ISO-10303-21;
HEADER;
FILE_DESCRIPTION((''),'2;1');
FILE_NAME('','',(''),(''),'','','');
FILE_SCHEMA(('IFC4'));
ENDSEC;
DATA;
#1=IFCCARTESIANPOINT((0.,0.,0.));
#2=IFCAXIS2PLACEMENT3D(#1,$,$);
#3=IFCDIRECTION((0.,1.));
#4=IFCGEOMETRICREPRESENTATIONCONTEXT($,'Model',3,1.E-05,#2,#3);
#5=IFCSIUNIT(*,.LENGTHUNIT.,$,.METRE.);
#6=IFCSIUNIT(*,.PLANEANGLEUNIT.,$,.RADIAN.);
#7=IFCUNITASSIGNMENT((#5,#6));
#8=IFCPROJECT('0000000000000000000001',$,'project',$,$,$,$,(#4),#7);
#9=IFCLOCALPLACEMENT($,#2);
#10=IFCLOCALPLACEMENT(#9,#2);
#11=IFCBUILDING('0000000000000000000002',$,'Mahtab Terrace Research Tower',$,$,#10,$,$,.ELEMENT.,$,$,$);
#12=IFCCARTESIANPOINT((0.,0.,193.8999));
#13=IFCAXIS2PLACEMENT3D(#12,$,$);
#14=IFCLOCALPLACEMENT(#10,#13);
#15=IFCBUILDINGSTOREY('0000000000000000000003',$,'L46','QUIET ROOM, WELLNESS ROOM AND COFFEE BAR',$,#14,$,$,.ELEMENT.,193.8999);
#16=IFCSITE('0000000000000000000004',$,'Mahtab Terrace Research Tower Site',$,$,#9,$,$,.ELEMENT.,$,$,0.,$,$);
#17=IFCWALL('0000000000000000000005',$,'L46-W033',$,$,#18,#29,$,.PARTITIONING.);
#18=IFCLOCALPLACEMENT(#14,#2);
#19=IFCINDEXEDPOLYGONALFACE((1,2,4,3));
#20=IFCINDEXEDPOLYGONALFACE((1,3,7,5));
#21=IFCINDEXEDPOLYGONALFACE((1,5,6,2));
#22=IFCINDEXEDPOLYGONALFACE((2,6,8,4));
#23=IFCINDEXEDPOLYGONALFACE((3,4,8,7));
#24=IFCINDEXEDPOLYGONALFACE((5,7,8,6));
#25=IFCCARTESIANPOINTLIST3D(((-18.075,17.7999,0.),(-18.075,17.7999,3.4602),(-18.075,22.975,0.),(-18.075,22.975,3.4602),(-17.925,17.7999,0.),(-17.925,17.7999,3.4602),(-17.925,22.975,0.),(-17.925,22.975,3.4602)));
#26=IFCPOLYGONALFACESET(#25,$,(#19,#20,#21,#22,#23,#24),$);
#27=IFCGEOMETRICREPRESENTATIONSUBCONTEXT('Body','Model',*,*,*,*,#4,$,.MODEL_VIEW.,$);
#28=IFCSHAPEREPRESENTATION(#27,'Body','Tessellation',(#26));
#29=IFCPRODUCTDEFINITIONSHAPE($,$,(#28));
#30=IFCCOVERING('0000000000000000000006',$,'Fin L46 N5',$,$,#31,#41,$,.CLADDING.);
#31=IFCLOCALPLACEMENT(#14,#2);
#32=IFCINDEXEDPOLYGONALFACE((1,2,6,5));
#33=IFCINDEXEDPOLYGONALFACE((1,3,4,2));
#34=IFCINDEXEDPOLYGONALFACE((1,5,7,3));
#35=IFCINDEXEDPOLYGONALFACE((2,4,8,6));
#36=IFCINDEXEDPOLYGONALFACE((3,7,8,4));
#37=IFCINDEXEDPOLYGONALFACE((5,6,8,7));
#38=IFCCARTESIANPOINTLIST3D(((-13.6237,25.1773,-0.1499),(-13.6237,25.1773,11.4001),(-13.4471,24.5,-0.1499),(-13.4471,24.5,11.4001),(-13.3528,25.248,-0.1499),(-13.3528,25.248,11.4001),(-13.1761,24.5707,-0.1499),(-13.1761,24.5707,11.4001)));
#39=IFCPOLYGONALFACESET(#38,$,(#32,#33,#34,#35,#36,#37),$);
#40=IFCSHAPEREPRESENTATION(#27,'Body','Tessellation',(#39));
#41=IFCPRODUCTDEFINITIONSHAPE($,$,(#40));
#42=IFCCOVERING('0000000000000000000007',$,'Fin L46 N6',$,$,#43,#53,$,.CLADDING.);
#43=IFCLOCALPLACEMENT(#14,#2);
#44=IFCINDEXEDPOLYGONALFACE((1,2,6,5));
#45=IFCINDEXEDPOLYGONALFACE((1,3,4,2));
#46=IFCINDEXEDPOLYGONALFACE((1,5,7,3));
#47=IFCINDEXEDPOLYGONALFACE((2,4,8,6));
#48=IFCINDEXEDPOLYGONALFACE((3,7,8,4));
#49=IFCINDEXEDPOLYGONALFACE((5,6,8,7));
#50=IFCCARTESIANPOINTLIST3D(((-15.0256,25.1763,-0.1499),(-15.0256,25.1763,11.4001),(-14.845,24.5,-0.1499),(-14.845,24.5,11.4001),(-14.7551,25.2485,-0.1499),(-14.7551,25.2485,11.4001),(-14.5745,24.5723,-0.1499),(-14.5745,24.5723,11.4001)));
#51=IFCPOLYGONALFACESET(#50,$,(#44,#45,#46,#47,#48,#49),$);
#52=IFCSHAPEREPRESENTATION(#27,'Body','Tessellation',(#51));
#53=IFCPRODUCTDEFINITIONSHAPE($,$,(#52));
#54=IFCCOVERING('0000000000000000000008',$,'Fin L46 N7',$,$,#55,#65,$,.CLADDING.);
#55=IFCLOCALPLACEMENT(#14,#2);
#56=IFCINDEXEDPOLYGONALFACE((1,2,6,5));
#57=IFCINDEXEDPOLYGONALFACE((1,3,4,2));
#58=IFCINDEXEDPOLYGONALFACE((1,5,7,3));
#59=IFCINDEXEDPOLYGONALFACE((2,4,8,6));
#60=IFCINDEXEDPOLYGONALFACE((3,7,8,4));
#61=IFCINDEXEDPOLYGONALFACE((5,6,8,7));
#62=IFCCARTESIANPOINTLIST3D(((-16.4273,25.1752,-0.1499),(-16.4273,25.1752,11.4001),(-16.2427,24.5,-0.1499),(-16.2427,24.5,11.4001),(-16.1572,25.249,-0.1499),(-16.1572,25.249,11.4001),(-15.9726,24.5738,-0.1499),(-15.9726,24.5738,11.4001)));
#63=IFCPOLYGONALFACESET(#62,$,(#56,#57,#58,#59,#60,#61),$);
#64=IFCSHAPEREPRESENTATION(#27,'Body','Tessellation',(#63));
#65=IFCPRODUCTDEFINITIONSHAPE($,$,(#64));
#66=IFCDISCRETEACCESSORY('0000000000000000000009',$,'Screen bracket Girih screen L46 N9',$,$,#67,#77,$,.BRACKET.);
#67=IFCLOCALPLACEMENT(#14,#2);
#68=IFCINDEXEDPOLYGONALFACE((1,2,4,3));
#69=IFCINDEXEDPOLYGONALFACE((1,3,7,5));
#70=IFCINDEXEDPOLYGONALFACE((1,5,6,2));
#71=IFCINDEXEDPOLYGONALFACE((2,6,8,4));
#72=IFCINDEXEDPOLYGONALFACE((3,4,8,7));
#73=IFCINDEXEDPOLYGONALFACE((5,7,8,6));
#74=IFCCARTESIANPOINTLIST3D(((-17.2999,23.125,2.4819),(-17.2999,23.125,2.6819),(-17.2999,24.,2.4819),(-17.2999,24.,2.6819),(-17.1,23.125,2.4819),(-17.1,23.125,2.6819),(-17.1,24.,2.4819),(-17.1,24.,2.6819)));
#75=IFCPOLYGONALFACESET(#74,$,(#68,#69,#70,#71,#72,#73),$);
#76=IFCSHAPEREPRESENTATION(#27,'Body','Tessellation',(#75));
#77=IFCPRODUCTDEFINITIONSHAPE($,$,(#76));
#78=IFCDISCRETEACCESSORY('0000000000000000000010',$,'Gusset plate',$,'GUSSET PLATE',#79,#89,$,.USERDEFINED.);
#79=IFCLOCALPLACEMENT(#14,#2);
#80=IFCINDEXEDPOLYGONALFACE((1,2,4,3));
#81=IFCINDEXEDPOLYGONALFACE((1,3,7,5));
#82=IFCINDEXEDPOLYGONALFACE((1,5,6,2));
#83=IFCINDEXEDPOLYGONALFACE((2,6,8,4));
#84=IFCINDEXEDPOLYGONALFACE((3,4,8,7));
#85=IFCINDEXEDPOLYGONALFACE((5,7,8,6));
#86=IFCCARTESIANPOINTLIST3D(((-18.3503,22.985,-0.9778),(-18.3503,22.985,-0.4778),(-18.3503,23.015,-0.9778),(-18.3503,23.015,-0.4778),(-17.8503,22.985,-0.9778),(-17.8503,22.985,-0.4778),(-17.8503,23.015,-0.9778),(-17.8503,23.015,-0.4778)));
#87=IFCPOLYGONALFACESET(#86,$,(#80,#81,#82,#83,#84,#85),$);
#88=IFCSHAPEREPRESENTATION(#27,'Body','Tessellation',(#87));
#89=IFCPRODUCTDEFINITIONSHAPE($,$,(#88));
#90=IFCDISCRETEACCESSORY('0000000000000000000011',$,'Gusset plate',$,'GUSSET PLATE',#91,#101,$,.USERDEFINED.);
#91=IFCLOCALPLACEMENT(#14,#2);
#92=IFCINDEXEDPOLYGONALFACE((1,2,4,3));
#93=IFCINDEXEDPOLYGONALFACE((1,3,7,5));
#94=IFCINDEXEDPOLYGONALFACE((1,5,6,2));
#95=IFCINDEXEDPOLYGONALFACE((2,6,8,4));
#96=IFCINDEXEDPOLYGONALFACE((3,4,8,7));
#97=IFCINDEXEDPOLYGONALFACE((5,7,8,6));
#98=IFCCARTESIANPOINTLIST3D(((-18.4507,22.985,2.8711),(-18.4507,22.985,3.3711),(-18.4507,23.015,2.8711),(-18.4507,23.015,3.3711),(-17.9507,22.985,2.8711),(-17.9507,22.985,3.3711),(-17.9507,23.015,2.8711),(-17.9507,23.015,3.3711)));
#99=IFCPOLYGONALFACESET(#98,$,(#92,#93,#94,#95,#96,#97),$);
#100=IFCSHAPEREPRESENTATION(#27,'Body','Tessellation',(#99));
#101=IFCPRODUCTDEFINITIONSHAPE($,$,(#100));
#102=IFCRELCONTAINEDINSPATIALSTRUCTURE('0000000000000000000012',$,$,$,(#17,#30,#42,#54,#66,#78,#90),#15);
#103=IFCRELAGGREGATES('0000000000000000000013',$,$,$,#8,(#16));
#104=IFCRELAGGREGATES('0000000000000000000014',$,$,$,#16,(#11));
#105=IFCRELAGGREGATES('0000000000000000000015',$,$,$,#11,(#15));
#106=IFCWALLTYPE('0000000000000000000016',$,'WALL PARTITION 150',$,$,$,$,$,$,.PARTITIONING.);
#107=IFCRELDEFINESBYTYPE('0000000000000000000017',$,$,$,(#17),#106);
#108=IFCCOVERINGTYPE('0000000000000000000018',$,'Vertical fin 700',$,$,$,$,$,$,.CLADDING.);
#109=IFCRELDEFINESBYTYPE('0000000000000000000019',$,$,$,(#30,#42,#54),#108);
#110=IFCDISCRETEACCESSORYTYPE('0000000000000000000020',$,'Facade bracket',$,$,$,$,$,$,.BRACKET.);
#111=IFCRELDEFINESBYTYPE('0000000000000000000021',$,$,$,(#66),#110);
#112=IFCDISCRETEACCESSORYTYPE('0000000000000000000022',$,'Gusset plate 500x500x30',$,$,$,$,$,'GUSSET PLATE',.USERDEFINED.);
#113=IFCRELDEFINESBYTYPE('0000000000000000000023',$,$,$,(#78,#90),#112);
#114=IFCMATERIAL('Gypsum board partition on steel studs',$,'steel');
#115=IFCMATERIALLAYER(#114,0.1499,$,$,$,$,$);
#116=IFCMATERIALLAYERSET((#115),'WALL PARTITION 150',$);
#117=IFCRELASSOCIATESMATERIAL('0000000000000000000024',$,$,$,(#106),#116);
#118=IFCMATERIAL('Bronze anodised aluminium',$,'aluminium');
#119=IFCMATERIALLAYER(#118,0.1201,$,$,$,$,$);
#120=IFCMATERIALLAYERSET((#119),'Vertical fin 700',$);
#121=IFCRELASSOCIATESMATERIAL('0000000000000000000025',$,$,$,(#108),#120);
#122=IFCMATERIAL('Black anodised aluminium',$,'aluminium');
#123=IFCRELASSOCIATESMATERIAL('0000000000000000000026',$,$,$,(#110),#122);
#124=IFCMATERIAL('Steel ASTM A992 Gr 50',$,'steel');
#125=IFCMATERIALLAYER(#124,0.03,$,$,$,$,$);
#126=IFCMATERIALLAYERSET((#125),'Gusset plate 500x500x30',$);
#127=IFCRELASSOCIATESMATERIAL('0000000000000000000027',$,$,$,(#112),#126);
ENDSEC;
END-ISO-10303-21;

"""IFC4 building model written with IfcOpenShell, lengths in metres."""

from ifc_helpers import new_model, si_unit, direction, frame, frame_2d, origin, origin_2d, place, context, subcontext, project, spatial, rectangle, extrude, material, layer, layer_set, type_object, element, save


model = new_model("IFC4")

# Units and contexts
model_context = context("Model", 3, precision=1e-05, world=origin(), true_north=direction((0.0, 1.0)))
body_context = subcontext(model_context, "Body", "Model", "MODEL_VIEW")
ifc_project = project(units=[si_unit("LENGTHUNIT", "METRE"), si_unit("PLANEANGLEUNIT", "RADIAN")], contexts=[model_context])

# Site, building, storey
site_placement = place(None, origin())
site = spatial("IfcSite", under=ifc_project, at=site_placement, Name="Mahtab Terrace Research Tower Site", CompositionType="ELEMENT", RefElevation=0.0)
building_placement = place(site_placement, origin())
building = spatial("IfcBuilding", under=site, at=building_placement, Name="Mahtab Terrace Research Tower", CompositionType="ELEMENT")
storey_placement = place(building_placement, frame((0.0, 0.0, 193.8999)))
storey = spatial("IfcBuildingStorey", under=building, at=storey_placement, Name="L46", Description="QUIET ROOM, WELLNESS ROOM AND COFFEE BAR", CompositionType="ELEMENT", Elevation=193.8999)

# Shared definitions
ifc_material_1 = material(Name="Steel ASTM A992 Gr 50", Category="steel")

# Wall
ifc_material_2 = material(Name="Gypsum board partition on steel studs", Category="steel")
ifc_layer_1 = layer(ifc_material_2, 0.1499)
ifc_layer_set_1 = layer_set([ifc_layer_1], Name="WALL PARTITION 150")
wall_type_1 = type_object("IfcWallType", Name="WALL PARTITION 150", PredefinedType="PARTITIONING", material=ifc_layer_set_1)
wall_1_placement = place(storey_placement, frame((-18.0, 17.8, 0.0), z_axis=(0.0, 0.0, 1.0), x_axis=(0.0, 1.0, 0.0)))
element("IfcWall", 1, at=wall_1_placement, inside=storey, type_object=wall_type_1, Name="L46-W033", PredefinedType="PARTITIONING", context=body_context, shape_type="SweptSolid", body=[
    extrude(rectangle(XDim=5.175, YDim=0.1499, at=frame_2d((2.5874, 0.0))), origin(), (0.0, 0.0, 1.0), 3.4602),
])

# Coverings
ifc_material_3 = material(Name="Bronze anodised aluminium", Category="aluminium")
ifc_layer_2 = layer(ifc_material_3, 0.1201)
ifc_layer_set_2 = layer_set([ifc_layer_2], Name="Vertical fin 700")
covering_type = type_object("IfcCoveringType", Name="Vertical fin 700", PredefinedType="CLADDING", material=ifc_layer_set_2)
for number, where, z_axis, x_axis, name in (
    (2, (-13.3999, 24.874, -0.1499), (0.0, 0.0, 1.0), (-0.967625, -0.252391, 0.0), "Fin L46 N5"),
    (3, (-14.8, 24.8743, -0.1499), (0.0, 0.0, 1.0), (-0.966141, -0.258016, 0.0), "Fin L46 N6"),
    (4, (-16.2, 24.8745, -0.1499), (0.0, 0.0, 1.0), (-0.964623, -0.263633, 0.0), "Fin L46 N7"),
):
    element("IfcCovering", number, at=place(storey_placement, frame(where, z_axis=z_axis, x_axis=x_axis)), inside=storey, type_object=covering_type, Name=name, PredefinedType="CLADDING", context=body_context, shape_type="SweptSolid", body=[
        extrude(rectangle(XDim=0.28, YDim=0.7, at=origin_2d()), origin(), (0.0, 0.0, 1.0), 11.55),
    ])

# Discrete accessories
ifc_material_4 = material(Name="Black anodised aluminium", Category="aluminium")
discrete_accessory_type_1 = type_object("IfcDiscreteAccessoryType", Name="Facade bracket", PredefinedType="BRACKET", material=ifc_material_4)
discrete_accessory_placement = place(storey_placement, frame((-17.2, 23.5625, 2.4819), z_axis=(0.0, 0.0, 1.0), x_axis=(-1.0, 0.0, 0.0)))
element("IfcDiscreteAccessory", 5, at=discrete_accessory_placement, inside=storey, type_object=discrete_accessory_type_1, Name="Screen bracket Girih screen L46 N9", PredefinedType="BRACKET", context=body_context, shape_type="SweptSolid", body=[
    extrude(rectangle(XDim=0.2, YDim=0.875, at=origin_2d()), origin(), (0.0, 0.0, 1.0), 0.2),
])
ifc_layer_3 = layer(ifc_material_1, 0.03)
ifc_layer_set_3 = layer_set([ifc_layer_3], Name="Gusset plate 500x500x30")
discrete_accessory_type_2 = type_object("IfcDiscreteAccessoryType", Name="Gusset plate 500x500x30", ElementType="GUSSET PLATE", PredefinedType="USERDEFINED", material=ifc_layer_set_3)
for number, where, z_axis, x_axis, name in (
    (6, (-18.1003, 23.0, -0.9778), (0.0, 0.0, 1.0), (1.0, 0.0, 0.0), "Gusset plate"),
    (7, (-18.2007, 23.0, 2.8711), (0.0, 0.0, 1.0), (1.0, 0.0, 0.0), "Gusset plate"),
):
    element("IfcDiscreteAccessory", number, at=place(storey_placement, frame(where, z_axis=z_axis, x_axis=x_axis)), inside=storey, type_object=discrete_accessory_type_2, Name=name, ObjectType="GUSSET PLATE", PredefinedType="USERDEFINED", context=body_context, shape_type="SweptSolid", body=[
        extrude(rectangle(XDim=0.5, YDim=0.03, at=origin_2d()), origin(), (0.0, 0.0, 1.0), 0.5),
    ])

save(model, "model.ifc")
